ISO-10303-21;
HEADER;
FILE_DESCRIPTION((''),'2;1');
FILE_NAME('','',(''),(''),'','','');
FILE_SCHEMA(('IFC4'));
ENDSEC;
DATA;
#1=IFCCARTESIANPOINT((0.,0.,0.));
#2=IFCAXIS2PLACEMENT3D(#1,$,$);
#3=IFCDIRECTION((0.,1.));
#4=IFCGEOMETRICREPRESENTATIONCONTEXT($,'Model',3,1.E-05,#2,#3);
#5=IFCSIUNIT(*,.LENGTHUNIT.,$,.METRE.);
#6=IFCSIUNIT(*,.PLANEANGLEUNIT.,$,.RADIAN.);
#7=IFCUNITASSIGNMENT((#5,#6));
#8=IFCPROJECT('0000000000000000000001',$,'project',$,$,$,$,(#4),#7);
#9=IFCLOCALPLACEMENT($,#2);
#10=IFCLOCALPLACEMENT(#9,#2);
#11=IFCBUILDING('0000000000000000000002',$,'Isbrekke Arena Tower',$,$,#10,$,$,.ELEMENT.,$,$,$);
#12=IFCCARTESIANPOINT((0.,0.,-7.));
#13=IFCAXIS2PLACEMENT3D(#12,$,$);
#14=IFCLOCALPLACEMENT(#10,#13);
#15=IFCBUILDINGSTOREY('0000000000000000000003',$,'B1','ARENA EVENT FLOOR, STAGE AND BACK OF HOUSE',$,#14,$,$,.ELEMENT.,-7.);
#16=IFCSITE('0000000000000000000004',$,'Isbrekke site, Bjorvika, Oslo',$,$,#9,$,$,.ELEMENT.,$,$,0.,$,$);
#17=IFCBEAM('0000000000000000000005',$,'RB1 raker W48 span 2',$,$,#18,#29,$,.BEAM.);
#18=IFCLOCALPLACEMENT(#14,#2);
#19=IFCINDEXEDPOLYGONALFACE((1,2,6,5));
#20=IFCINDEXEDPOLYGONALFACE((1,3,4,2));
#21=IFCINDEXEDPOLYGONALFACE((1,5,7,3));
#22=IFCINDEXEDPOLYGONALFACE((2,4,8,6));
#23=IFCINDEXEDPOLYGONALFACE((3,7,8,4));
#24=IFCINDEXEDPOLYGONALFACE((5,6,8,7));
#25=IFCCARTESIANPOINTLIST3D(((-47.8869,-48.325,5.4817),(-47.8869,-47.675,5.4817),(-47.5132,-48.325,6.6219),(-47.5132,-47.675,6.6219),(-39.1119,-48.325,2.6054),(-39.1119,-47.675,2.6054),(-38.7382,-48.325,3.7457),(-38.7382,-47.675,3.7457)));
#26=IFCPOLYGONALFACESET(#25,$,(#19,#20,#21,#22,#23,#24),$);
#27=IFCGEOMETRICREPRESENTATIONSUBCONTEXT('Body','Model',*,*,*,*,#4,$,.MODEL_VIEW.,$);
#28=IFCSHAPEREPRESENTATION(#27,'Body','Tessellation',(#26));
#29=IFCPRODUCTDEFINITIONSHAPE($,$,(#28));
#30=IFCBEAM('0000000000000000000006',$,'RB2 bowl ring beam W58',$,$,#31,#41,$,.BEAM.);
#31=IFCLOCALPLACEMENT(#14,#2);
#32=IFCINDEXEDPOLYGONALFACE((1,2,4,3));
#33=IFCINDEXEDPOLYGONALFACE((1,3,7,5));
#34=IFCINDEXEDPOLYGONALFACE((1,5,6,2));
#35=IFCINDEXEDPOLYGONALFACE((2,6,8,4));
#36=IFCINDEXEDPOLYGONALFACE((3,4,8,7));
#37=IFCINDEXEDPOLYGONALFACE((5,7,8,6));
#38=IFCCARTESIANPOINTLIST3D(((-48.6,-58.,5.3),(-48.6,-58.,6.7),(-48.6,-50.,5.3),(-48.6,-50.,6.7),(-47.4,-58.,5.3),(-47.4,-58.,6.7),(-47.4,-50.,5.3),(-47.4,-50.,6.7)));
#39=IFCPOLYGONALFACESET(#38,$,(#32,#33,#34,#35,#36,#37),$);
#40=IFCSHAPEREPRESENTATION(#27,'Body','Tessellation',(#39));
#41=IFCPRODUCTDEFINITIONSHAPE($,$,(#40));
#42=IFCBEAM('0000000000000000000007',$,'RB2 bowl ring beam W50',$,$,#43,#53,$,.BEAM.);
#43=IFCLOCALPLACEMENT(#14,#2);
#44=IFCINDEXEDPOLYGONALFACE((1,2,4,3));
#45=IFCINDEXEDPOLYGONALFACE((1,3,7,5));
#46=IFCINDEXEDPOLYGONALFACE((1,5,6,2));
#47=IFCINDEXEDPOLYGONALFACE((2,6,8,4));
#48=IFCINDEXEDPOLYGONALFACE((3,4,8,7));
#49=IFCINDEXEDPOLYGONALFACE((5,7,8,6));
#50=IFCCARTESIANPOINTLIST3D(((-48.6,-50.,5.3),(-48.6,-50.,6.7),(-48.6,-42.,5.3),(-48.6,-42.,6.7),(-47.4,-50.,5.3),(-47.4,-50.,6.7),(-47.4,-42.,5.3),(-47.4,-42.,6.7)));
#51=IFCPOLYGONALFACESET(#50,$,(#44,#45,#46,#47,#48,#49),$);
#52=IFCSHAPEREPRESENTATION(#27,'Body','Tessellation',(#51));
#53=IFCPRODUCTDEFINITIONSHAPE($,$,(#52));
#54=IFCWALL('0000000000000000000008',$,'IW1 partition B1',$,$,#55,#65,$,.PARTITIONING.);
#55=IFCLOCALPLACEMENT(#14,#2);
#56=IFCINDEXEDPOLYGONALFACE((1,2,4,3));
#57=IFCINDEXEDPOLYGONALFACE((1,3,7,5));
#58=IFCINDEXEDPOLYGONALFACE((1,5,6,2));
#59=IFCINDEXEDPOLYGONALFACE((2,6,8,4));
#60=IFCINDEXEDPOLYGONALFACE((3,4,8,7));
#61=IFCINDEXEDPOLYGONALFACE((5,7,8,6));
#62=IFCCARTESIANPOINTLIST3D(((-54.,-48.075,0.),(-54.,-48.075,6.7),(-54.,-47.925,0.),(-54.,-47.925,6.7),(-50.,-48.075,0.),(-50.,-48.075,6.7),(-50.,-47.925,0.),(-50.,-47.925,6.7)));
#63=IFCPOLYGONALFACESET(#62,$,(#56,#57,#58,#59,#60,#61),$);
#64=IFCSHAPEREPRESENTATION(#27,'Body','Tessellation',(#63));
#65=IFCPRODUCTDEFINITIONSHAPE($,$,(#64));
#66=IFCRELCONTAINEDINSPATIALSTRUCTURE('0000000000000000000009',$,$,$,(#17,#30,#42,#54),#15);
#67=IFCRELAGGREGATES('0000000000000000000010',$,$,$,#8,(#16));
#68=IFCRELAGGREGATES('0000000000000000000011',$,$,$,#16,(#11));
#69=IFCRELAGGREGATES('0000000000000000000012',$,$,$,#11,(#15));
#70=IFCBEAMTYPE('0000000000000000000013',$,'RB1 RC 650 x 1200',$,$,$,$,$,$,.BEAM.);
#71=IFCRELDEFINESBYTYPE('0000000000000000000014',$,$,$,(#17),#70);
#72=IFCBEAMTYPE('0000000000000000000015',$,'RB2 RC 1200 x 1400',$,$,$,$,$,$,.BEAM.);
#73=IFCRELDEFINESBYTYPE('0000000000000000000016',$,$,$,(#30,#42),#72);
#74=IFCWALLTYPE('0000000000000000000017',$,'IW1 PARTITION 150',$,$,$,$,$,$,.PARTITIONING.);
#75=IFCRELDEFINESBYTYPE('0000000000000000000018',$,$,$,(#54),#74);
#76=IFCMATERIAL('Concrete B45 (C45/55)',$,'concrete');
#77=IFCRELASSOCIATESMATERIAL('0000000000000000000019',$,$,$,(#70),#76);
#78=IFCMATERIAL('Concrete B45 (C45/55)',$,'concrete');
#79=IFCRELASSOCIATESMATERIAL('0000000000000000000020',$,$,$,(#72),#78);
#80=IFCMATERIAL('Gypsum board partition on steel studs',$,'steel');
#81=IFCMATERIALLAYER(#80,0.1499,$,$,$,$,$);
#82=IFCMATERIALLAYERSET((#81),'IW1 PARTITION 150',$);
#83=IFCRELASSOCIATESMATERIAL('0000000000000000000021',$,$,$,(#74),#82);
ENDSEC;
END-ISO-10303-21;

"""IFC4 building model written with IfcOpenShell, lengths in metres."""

from ifc_helpers import new_model, si_unit, direction, frame, frame_2d, origin, origin_2d, place, context, subcontext, project, spatial, rectangle, extrude, material, layer, layer_set, material_profile, profile_set, type_object, element, save


model = new_model("IFC4")

# Units and contexts
model_context = context("Model", 3, precision=1e-05, world=origin(), true_north=direction((0.0, 1.0)))
body_context = subcontext(model_context, "Body", "Model", "MODEL_VIEW")
ifc_project = project(units=[si_unit("LENGTHUNIT", "METRE"), si_unit("PLANEANGLEUNIT", "RADIAN")], contexts=[model_context])

# Site, building, storey
site_placement = place(None, origin())
site = spatial("IfcSite", under=ifc_project, at=site_placement, Name="Isbrekke site, Bjorvika, Oslo", CompositionType="ELEMENT", RefElevation=0.0)
building_placement = place(site_placement, origin())
building = spatial("IfcBuilding", under=site, at=building_placement, Name="Isbrekke Arena Tower", CompositionType="ELEMENT")
storey_placement = place(building_placement, frame((0.0, 0.0, -7.0)))
storey = spatial("IfcBuildingStorey", under=building, at=storey_placement, Name="B1", Description="ARENA EVENT FLOOR, STAGE AND BACK OF HOUSE", CompositionType="ELEMENT", Elevation=-7.0)

# Beams
ifc_material_1 = material(Name="Concrete B45 (C45/55)", Category="concrete")
ifc_material_profile_1 = material_profile(ifc_material_1, rectangle(XDim=0.6499, YDim=1.2, at=origin_2d()), Name="RC 650x1200")
ifc_profile_set_1 = profile_set([ifc_material_profile_1], Name="Concrete B45 (C45/55)")
beam_type_1 = type_object("IfcBeamType", Name="RB1 RC 650 x 1200", PredefinedType="BEAM", material=ifc_profile_set_1)
beam_placement = place(storey_placement, frame((-38.925, -48.0, 3.1755), z_axis=(-0.950255, 0.0, 0.311473), x_axis=(0.0, -1.0, 0.0)))
element("IfcBeam", 1, at=beam_placement, inside=storey, type_object=beam_type_1, Name="RB1 raker W48 span 2", PredefinedType="BEAM", context=body_context, shape_type="SweptSolid", body=[
    extrude(rectangle(XDim=0.6499, YDim=1.2, at=origin_2d()), origin(), (0.0, 0.0, 1.0), 9.2344),
])
ifc_material_2 = material(Name="Concrete B45 (C45/55)", Category="concrete")
ifc_material_profile_2 = material_profile(ifc_material_2, rectangle(XDim=1.2, YDim=1.3999, at=origin_2d()), Name="RC 1200x1400")
ifc_profile_set_2 = profile_set([ifc_material_profile_2], Name="Concrete B45 (C45/55)")
beam_type_2 = type_object("IfcBeamType", Name="RB2 RC 1200 x 1400", PredefinedType="BEAM", material=ifc_profile_set_2)
for number, where, z_axis, x_axis, name in (
    (2, (-48.0, -58.0, 6.0), (0.0, 1.0, 0.0), (-1.0, 0.0, 0.0), "RB2 bowl ring beam W58"),
    (3, (-48.0, -50.0, 6.0), (0.0, 1.0, 0.0), (-1.0, 0.0, 0.0), "RB2 bowl ring beam W50"),
):
    element("IfcBeam", number, at=place(storey_placement, frame(where, z_axis=z_axis, x_axis=x_axis)), inside=storey, type_object=beam_type_2, Name=name, PredefinedType="BEAM", context=body_context, shape_type="SweptSolid", body=[
        extrude(rectangle(XDim=1.2, YDim=1.3999, at=origin_2d()), origin(), (0.0, 0.0, 1.0), 8.0),
    ])

# Wall
ifc_material_3 = material(Name="Gypsum board partition on steel studs", Category="steel")
ifc_layer = layer(ifc_material_3, 0.1499)
ifc_layer_set = layer_set([ifc_layer], Name="IW1 PARTITION 150")
wall_type = type_object("IfcWallType", Name="IW1 PARTITION 150", PredefinedType="PARTITIONING", material=ifc_layer_set)
wall_placement = place(storey_placement, frame((-54.0, -48.0, 0.0), z_axis=(0.0, 0.0, 1.0), x_axis=(1.0, 0.0, 0.0)))
element("IfcWall", 4, at=wall_placement, inside=storey, type_object=wall_type, Name="IW1 partition B1", PredefinedType="PARTITIONING", context=body_context, shape_type="SweptSolid", body=[
    extrude(rectangle(XDim=4.0, YDim=0.1499, at=frame_2d((2.0, 0.0))), origin(), (0.0, 0.0, 1.0), 6.7),
])

save(model, "model.ifc")
